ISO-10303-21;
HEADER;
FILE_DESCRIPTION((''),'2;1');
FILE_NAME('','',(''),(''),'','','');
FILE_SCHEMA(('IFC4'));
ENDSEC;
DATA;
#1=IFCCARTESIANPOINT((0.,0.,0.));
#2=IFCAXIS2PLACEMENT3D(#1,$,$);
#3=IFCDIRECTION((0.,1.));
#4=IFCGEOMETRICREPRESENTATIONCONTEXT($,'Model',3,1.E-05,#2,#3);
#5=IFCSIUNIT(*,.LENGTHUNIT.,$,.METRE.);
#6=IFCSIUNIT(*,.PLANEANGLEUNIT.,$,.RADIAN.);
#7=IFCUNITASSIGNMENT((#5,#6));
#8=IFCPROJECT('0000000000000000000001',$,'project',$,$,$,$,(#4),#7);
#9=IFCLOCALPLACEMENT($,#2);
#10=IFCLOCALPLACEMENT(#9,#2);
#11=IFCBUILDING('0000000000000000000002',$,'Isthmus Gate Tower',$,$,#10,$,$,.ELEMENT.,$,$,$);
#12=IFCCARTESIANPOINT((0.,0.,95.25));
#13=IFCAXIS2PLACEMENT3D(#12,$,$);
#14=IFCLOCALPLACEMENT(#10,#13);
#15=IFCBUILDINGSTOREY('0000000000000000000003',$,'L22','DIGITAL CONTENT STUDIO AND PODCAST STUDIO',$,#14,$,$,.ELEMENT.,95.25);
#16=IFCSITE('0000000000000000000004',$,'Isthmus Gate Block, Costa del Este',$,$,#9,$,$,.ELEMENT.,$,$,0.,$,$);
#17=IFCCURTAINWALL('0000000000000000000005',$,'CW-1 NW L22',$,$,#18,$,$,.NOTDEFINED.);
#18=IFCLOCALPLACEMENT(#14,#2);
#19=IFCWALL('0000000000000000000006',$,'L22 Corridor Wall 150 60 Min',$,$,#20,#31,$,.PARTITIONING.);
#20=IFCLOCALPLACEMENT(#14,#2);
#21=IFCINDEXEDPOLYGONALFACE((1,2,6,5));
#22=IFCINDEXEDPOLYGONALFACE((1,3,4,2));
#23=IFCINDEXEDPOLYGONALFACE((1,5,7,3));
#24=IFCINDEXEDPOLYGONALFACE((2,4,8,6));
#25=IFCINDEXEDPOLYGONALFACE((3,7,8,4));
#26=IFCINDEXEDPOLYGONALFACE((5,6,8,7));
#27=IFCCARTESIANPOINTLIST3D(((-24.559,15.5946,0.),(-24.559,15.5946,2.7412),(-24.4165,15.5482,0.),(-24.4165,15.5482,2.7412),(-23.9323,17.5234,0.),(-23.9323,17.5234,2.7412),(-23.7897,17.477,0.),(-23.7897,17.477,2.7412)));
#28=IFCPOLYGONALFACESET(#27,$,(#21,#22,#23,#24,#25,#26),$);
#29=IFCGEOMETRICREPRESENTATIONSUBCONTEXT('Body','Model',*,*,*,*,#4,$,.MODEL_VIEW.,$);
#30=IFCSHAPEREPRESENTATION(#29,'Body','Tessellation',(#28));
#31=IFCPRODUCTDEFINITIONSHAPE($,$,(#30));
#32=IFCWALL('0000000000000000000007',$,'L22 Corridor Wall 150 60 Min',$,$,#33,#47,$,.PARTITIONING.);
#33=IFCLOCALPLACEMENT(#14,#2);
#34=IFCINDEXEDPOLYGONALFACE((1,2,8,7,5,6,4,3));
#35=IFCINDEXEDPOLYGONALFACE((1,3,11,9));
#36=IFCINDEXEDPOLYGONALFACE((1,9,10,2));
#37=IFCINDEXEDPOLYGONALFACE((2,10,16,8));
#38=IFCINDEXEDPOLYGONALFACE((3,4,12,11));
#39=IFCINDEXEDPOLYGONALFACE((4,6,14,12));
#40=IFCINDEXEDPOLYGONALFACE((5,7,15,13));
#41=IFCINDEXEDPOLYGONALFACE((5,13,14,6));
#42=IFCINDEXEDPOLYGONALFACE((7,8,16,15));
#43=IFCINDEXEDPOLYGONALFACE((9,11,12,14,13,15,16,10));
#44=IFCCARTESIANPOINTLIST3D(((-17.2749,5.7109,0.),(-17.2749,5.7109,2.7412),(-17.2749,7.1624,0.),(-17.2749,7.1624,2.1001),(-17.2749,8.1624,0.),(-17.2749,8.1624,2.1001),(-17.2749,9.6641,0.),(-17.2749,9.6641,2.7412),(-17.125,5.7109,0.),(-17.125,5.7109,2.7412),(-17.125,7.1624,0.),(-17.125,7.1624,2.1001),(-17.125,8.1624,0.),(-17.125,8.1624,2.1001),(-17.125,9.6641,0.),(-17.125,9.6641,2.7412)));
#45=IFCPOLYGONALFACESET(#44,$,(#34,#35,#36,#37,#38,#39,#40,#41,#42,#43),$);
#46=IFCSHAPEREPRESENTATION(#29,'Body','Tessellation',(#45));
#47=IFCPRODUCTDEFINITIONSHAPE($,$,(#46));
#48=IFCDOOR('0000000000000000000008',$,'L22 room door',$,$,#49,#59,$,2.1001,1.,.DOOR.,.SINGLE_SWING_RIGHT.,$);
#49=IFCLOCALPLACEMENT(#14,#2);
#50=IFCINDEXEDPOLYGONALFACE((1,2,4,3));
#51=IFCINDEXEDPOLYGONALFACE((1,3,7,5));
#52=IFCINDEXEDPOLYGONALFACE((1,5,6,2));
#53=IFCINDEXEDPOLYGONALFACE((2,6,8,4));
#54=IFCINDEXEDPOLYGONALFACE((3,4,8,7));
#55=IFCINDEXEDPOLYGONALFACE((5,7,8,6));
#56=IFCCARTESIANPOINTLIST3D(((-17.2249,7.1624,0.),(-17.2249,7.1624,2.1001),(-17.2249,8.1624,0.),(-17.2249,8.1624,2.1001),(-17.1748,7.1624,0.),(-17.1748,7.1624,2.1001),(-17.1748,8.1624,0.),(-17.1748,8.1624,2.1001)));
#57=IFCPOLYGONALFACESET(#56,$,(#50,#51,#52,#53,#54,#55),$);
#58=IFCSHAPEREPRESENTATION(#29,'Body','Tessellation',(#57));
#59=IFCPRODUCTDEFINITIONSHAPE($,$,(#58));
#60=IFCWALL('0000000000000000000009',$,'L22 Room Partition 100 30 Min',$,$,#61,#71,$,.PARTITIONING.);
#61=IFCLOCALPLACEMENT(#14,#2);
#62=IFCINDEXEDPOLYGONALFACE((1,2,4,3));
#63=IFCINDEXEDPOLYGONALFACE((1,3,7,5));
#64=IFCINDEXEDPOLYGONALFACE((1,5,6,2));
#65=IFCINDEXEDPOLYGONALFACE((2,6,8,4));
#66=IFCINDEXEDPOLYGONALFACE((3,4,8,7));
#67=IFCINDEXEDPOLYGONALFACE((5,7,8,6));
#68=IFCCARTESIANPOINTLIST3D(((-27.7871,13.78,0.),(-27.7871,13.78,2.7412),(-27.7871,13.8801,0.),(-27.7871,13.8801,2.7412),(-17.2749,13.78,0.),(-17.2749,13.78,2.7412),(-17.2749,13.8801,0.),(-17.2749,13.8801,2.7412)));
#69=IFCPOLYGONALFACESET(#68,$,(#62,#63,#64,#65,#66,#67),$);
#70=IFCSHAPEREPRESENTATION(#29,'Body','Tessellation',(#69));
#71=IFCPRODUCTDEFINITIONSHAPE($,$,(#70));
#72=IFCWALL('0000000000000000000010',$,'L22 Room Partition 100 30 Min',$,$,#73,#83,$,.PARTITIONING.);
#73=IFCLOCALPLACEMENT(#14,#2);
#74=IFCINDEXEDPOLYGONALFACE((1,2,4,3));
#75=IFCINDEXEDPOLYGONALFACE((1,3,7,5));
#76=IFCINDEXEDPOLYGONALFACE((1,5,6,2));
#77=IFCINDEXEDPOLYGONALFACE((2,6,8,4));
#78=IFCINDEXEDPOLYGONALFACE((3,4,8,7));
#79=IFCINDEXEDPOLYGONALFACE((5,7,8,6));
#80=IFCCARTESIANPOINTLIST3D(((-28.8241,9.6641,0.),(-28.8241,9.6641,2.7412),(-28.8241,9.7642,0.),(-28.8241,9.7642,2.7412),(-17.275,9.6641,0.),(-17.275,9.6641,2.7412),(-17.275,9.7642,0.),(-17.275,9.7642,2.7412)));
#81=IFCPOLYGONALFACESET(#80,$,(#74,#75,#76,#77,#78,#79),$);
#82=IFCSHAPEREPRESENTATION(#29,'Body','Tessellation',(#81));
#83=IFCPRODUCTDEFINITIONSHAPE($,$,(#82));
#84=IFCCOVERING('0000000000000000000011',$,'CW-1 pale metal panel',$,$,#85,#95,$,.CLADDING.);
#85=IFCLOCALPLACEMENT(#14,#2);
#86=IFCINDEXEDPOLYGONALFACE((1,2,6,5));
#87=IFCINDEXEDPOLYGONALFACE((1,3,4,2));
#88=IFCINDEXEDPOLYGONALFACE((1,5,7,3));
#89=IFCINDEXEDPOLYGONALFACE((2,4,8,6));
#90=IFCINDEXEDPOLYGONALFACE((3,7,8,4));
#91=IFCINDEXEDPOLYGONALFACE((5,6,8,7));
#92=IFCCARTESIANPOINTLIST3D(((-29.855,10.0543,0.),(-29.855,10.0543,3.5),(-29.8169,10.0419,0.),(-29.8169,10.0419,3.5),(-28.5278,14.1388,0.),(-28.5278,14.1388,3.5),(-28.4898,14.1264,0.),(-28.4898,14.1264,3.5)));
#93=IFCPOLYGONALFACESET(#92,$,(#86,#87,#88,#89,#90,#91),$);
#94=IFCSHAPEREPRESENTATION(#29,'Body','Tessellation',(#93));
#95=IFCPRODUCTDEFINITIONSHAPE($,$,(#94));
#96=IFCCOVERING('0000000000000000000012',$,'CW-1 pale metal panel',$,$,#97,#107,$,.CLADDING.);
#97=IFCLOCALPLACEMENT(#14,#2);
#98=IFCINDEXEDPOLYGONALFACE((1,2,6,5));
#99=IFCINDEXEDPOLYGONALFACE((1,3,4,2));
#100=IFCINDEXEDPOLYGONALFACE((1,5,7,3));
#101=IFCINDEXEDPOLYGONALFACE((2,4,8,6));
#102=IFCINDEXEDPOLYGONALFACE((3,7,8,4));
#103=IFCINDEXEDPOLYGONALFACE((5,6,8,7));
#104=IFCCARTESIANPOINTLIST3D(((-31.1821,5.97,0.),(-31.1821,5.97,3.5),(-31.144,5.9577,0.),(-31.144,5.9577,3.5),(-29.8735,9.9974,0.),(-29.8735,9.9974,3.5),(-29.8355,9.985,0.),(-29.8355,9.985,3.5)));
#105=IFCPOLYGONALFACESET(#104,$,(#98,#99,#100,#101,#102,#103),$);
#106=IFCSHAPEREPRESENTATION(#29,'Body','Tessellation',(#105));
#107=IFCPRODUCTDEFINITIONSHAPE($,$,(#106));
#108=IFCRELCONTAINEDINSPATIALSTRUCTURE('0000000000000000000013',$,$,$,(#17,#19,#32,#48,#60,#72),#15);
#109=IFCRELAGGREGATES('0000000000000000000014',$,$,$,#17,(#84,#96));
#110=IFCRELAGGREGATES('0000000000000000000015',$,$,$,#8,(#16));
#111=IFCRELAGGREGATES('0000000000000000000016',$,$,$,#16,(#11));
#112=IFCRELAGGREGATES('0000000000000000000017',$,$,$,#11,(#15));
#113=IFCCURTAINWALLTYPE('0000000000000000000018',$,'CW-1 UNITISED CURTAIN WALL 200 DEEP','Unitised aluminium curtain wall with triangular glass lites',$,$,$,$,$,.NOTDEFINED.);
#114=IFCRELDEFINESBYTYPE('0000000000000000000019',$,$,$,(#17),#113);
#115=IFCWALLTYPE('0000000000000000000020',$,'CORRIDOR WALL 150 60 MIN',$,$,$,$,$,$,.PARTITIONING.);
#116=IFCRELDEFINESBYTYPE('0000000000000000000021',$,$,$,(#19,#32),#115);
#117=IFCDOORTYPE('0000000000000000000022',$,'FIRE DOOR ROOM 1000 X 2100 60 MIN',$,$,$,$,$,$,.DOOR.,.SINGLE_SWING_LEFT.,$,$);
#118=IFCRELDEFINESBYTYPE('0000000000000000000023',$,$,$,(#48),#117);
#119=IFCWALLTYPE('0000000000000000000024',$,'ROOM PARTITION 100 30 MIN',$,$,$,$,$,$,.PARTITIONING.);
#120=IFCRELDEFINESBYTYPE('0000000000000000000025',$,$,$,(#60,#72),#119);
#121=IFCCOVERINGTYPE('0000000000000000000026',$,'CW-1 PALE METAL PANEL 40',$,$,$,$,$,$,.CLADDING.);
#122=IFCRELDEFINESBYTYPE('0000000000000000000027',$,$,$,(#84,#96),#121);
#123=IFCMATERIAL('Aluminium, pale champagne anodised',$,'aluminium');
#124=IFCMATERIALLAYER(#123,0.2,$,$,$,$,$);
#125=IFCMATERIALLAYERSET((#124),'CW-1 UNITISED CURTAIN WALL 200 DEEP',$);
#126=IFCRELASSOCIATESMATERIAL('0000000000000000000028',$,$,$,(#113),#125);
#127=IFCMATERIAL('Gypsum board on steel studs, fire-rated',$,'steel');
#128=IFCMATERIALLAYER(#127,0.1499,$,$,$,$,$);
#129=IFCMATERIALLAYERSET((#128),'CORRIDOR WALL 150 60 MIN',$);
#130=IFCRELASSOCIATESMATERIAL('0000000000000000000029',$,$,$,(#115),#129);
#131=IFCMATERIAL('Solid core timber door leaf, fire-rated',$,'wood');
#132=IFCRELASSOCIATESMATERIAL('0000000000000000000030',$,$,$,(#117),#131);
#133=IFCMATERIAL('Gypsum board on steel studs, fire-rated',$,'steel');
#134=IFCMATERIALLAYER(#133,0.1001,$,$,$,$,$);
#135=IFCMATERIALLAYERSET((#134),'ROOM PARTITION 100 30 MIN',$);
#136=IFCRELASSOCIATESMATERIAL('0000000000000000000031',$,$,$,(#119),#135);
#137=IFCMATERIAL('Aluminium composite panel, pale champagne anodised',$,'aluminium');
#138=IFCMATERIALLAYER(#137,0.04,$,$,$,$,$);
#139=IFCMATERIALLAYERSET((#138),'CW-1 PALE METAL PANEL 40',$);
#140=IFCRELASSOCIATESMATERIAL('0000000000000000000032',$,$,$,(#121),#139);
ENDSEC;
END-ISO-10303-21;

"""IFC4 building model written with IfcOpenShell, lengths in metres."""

from ifc_helpers import new_model, si_unit, direction, frame, frame_2d, origin, origin_2d, place, context, subcontext, project, spatial, rectangle, extrude, material, layer, layer_set, type_object, element, fill, aggregate, save


model = new_model("IFC4")

# Units and contexts
model_context = context("Model", 3, precision=1e-05, world=origin(), true_north=direction((0.0, 1.0)))
body_context = subcontext(model_context, "Body", "Model", "MODEL_VIEW")
ifc_project = project(units=[si_unit("LENGTHUNIT", "METRE"), si_unit("PLANEANGLEUNIT", "RADIAN")], contexts=[model_context])

# Site, building, storey
site_placement = place(None, origin())
site = spatial("IfcSite", under=ifc_project, at=site_placement, Name="Isthmus Gate Block, Costa del Este", CompositionType="ELEMENT", RefElevation=0.0)
building_placement = place(site_placement, origin())
building = spatial("IfcBuilding", under=site, at=building_placement, Name="Isthmus Gate Tower", CompositionType="ELEMENT")
storey_placement = place(building_placement, frame((0.0, 0.0, 95.25)))
storey = spatial("IfcBuildingStorey", under=building, at=storey_placement, Name="L22", Description="DIGITAL CONTENT STUDIO AND PODCAST STUDIO", CompositionType="ELEMENT", Elevation=95.25)

# Curtain wall
ifc_material_1 = material(Name="Aluminium, pale champagne anodised", Category="aluminium")
ifc_layer_1 = layer(ifc_material_1, 0.2)
ifc_layer_set_1 = layer_set([ifc_layer_1], Name="CW-1 UNITISED CURTAIN WALL 200 DEEP")
curtain_wall_type = type_object("IfcCurtainWallType", Name="CW-1 UNITISED CURTAIN WALL 200 DEEP", Description="Unitised aluminium curtain wall with triangular glass lites", PredefinedType="NOTDEFINED", material=ifc_layer_set_1)
curtain_wall_placement = place(storey_placement, origin())
curtain_wall = element("IfcCurtainWall", 1, at=curtain_wall_placement, inside=storey, type_object=curtain_wall_type, Name="CW-1 NW L22", PredefinedType="NOTDEFINED")

# Wall
ifc_material_2 = material(Name="Gypsum board on steel studs, fire-rated", Category="steel")
ifc_layer_2 = layer(ifc_material_2, 0.1499)
ifc_layer_set_2 = layer_set([ifc_layer_2], Name="CORRIDOR WALL 150 60 MIN")
wall_type_1 = type_object("IfcWallType", Name="CORRIDOR WALL 150 60 MIN", PredefinedType="PARTITIONING", material=ifc_layer_set_2)
wall_1_placement = place(storey_placement, frame((-24.4878, 15.5713, 0.0), z_axis=(0.0, 0.0, 1.0), x_axis=(0.309032, 0.951052, 0.0)))
element("IfcWall", 2, at=wall_1_placement, inside=storey, type_object=wall_type_1, Name="L22 Corridor Wall 150 60 Min", PredefinedType="PARTITIONING", context=body_context, shape_type="SweptSolid", body=[
    extrude(rectangle(XDim=2.0281, YDim=0.1499, at=frame_2d((1.0142, 0.0))), origin(), (0.0, 0.0, 1.0), 2.7412),
])

# Wall, opening, door
wall_2_placement = place(storey_placement, frame((-17.2, 5.7109, 0.0), z_axis=(0.0, 0.0, 1.0), x_axis=(0.0, 1.0, 0.0)))
wall_2 = element("IfcWall", 3, at=wall_2_placement, inside=storey, type_object=wall_type_1, Name="L22 Corridor Wall 150 60 Min", PredefinedType="PARTITIONING", context=body_context, shape_type="SweptSolid", body=[
    extrude(rectangle(XDim=3.9531, YDim=0.1499, at=frame_2d((1.9766, 0.0))), origin(), (0.0, 0.0, 1.0), 2.7412),
])
opening_placement = place(wall_2_placement, frame((1.4514, 0.0, 0.0)))
opening = element("IfcOpeningElement", 4, at=opening_placement, cuts=wall_2, PredefinedType="OPENING", context=body_context, shape_type="SweptSolid", body=[
    extrude(rectangle(XDim=1.0, YDim=2.1001, at=frame_2d((0.5, 1.05))), frame((0.0, 0.085, 0.0), z_axis=(0.0, -1.0, 0.0), x_axis=(1.0, 0.0, 0.0)), (0.0, 0.0, 1.0), 0.1699),
])
ifc_material_3 = material(Name="Solid core timber door leaf, fire-rated", Category="wood")
door_type = type_object("IfcDoorType", Name="FIRE DOOR ROOM 1000 X 2100 60 MIN", OperationType="SINGLE_SWING_LEFT", PredefinedType="DOOR", material=ifc_material_3)
door_placement = place(opening_placement, origin())
door = element("IfcDoor", 5, at=door_placement, inside=storey, type_object=door_type, Name="L22 room door", OperationType="SINGLE_SWING_RIGHT", OverallHeight=2.1001, OverallWidth=1.0, PredefinedType="DOOR", context=body_context, shape_type="SweptSolid", body=[
    extrude(rectangle(XDim=1.0, YDim=2.1001, at=frame_2d((0.5, 1.05))), frame((0.0, 0.0249, 0.0), z_axis=(0.0, -1.0, 0.0), x_axis=(1.0, 0.0, 0.0)), (0.0, 0.0, 1.0), 0.05),
])
fill(opening, door)

# Walls
ifc_material_4 = material(Name="Gypsum board on steel studs, fire-rated", Category="steel")
ifc_layer_3 = layer(ifc_material_4, 0.1001)
ifc_layer_set_3 = layer_set([ifc_layer_3], Name="ROOM PARTITION 100 30 MIN")
wall_type_2 = type_object("IfcWallType", Name="ROOM PARTITION 100 30 MIN", PredefinedType="PARTITIONING", material=ifc_layer_set_3)
wall_3_placement = place(storey_placement, frame((-27.7871, 13.8301, 0.0), z_axis=(0.0, 0.0, 1.0), x_axis=(1.0, 0.0, 0.0)))
element("IfcWall", 6, at=wall_3_placement, inside=storey, type_object=wall_type_2, Name="L22 Room Partition 100 30 Min", PredefinedType="PARTITIONING", context=body_context, shape_type="SweptSolid", body=[
    extrude(rectangle(XDim=10.5122, YDim=0.1001, at=frame_2d((5.2561, 0.0))), origin(), (0.0, 0.0, 1.0), 2.7412),
])
wall_4_placement = place(storey_placement, frame((-28.824, 9.7141, 0.0), z_axis=(0.0, 0.0, 1.0), x_axis=(1.0, 0.0, 0.0)))
element("IfcWall", 7, at=wall_4_placement, inside=storey, type_object=wall_type_2, Name="L22 Room Partition 100 30 Min", PredefinedType="PARTITIONING", context=body_context, shape_type="SweptSolid", body=[
    extrude(rectangle(XDim=11.5491, YDim=0.1001, at=frame_2d((5.7744, 0.0))), origin(), (0.0, 0.0, 1.0), 2.7412),
])

# Coverings
ifc_material_5 = material(Name="Aluminium composite panel, pale champagne anodised", Category="aluminium")
ifc_layer_4 = layer(ifc_material_5, 0.04)
ifc_layer_set_4 = layer_set([ifc_layer_4], Name="CW-1 PALE METAL PANEL 40")
covering_type = type_object("IfcCoveringType", Name="CW-1 PALE METAL PANEL 40", PredefinedType="CLADDING", material=ifc_layer_set_4)
covering_1_placement = place(storey_placement, frame((-29.1724, 12.0903, 0.0), z_axis=(0.0, 0.0, 1.0), x_axis=(-0.309017, -0.951057, 0.0)))
covering_1 = element("IfcCovering", 8, at=covering_1_placement, type_object=covering_type, Name="CW-1 pale metal panel", PredefinedType="CLADDING", context=body_context, shape_type="SweptSolid", body=[
    extrude(rectangle(XDim=4.2947, YDim=0.04, at=origin_2d()), origin(), (0.0, 0.0, 1.0), 3.5),
])
covering_2_placement = place(storey_placement, frame((-30.5088, 7.9775, 0.0), z_axis=(0.0, 0.0, 1.0), x_axis=(-0.309017, -0.951057, 0.0)))
covering_2 = element("IfcCovering", 9, at=covering_2_placement, type_object=covering_type, Name="CW-1 pale metal panel", PredefinedType="CLADDING", context=body_context, shape_type="SweptSolid", body=[
    extrude(rectangle(XDim=4.2346, YDim=0.04, at=origin_2d()), origin(), (0.0, 0.0, 1.0), 3.5),
])
aggregate(curtain_wall, [covering_1, covering_2])

save(model, "model.ifc")
